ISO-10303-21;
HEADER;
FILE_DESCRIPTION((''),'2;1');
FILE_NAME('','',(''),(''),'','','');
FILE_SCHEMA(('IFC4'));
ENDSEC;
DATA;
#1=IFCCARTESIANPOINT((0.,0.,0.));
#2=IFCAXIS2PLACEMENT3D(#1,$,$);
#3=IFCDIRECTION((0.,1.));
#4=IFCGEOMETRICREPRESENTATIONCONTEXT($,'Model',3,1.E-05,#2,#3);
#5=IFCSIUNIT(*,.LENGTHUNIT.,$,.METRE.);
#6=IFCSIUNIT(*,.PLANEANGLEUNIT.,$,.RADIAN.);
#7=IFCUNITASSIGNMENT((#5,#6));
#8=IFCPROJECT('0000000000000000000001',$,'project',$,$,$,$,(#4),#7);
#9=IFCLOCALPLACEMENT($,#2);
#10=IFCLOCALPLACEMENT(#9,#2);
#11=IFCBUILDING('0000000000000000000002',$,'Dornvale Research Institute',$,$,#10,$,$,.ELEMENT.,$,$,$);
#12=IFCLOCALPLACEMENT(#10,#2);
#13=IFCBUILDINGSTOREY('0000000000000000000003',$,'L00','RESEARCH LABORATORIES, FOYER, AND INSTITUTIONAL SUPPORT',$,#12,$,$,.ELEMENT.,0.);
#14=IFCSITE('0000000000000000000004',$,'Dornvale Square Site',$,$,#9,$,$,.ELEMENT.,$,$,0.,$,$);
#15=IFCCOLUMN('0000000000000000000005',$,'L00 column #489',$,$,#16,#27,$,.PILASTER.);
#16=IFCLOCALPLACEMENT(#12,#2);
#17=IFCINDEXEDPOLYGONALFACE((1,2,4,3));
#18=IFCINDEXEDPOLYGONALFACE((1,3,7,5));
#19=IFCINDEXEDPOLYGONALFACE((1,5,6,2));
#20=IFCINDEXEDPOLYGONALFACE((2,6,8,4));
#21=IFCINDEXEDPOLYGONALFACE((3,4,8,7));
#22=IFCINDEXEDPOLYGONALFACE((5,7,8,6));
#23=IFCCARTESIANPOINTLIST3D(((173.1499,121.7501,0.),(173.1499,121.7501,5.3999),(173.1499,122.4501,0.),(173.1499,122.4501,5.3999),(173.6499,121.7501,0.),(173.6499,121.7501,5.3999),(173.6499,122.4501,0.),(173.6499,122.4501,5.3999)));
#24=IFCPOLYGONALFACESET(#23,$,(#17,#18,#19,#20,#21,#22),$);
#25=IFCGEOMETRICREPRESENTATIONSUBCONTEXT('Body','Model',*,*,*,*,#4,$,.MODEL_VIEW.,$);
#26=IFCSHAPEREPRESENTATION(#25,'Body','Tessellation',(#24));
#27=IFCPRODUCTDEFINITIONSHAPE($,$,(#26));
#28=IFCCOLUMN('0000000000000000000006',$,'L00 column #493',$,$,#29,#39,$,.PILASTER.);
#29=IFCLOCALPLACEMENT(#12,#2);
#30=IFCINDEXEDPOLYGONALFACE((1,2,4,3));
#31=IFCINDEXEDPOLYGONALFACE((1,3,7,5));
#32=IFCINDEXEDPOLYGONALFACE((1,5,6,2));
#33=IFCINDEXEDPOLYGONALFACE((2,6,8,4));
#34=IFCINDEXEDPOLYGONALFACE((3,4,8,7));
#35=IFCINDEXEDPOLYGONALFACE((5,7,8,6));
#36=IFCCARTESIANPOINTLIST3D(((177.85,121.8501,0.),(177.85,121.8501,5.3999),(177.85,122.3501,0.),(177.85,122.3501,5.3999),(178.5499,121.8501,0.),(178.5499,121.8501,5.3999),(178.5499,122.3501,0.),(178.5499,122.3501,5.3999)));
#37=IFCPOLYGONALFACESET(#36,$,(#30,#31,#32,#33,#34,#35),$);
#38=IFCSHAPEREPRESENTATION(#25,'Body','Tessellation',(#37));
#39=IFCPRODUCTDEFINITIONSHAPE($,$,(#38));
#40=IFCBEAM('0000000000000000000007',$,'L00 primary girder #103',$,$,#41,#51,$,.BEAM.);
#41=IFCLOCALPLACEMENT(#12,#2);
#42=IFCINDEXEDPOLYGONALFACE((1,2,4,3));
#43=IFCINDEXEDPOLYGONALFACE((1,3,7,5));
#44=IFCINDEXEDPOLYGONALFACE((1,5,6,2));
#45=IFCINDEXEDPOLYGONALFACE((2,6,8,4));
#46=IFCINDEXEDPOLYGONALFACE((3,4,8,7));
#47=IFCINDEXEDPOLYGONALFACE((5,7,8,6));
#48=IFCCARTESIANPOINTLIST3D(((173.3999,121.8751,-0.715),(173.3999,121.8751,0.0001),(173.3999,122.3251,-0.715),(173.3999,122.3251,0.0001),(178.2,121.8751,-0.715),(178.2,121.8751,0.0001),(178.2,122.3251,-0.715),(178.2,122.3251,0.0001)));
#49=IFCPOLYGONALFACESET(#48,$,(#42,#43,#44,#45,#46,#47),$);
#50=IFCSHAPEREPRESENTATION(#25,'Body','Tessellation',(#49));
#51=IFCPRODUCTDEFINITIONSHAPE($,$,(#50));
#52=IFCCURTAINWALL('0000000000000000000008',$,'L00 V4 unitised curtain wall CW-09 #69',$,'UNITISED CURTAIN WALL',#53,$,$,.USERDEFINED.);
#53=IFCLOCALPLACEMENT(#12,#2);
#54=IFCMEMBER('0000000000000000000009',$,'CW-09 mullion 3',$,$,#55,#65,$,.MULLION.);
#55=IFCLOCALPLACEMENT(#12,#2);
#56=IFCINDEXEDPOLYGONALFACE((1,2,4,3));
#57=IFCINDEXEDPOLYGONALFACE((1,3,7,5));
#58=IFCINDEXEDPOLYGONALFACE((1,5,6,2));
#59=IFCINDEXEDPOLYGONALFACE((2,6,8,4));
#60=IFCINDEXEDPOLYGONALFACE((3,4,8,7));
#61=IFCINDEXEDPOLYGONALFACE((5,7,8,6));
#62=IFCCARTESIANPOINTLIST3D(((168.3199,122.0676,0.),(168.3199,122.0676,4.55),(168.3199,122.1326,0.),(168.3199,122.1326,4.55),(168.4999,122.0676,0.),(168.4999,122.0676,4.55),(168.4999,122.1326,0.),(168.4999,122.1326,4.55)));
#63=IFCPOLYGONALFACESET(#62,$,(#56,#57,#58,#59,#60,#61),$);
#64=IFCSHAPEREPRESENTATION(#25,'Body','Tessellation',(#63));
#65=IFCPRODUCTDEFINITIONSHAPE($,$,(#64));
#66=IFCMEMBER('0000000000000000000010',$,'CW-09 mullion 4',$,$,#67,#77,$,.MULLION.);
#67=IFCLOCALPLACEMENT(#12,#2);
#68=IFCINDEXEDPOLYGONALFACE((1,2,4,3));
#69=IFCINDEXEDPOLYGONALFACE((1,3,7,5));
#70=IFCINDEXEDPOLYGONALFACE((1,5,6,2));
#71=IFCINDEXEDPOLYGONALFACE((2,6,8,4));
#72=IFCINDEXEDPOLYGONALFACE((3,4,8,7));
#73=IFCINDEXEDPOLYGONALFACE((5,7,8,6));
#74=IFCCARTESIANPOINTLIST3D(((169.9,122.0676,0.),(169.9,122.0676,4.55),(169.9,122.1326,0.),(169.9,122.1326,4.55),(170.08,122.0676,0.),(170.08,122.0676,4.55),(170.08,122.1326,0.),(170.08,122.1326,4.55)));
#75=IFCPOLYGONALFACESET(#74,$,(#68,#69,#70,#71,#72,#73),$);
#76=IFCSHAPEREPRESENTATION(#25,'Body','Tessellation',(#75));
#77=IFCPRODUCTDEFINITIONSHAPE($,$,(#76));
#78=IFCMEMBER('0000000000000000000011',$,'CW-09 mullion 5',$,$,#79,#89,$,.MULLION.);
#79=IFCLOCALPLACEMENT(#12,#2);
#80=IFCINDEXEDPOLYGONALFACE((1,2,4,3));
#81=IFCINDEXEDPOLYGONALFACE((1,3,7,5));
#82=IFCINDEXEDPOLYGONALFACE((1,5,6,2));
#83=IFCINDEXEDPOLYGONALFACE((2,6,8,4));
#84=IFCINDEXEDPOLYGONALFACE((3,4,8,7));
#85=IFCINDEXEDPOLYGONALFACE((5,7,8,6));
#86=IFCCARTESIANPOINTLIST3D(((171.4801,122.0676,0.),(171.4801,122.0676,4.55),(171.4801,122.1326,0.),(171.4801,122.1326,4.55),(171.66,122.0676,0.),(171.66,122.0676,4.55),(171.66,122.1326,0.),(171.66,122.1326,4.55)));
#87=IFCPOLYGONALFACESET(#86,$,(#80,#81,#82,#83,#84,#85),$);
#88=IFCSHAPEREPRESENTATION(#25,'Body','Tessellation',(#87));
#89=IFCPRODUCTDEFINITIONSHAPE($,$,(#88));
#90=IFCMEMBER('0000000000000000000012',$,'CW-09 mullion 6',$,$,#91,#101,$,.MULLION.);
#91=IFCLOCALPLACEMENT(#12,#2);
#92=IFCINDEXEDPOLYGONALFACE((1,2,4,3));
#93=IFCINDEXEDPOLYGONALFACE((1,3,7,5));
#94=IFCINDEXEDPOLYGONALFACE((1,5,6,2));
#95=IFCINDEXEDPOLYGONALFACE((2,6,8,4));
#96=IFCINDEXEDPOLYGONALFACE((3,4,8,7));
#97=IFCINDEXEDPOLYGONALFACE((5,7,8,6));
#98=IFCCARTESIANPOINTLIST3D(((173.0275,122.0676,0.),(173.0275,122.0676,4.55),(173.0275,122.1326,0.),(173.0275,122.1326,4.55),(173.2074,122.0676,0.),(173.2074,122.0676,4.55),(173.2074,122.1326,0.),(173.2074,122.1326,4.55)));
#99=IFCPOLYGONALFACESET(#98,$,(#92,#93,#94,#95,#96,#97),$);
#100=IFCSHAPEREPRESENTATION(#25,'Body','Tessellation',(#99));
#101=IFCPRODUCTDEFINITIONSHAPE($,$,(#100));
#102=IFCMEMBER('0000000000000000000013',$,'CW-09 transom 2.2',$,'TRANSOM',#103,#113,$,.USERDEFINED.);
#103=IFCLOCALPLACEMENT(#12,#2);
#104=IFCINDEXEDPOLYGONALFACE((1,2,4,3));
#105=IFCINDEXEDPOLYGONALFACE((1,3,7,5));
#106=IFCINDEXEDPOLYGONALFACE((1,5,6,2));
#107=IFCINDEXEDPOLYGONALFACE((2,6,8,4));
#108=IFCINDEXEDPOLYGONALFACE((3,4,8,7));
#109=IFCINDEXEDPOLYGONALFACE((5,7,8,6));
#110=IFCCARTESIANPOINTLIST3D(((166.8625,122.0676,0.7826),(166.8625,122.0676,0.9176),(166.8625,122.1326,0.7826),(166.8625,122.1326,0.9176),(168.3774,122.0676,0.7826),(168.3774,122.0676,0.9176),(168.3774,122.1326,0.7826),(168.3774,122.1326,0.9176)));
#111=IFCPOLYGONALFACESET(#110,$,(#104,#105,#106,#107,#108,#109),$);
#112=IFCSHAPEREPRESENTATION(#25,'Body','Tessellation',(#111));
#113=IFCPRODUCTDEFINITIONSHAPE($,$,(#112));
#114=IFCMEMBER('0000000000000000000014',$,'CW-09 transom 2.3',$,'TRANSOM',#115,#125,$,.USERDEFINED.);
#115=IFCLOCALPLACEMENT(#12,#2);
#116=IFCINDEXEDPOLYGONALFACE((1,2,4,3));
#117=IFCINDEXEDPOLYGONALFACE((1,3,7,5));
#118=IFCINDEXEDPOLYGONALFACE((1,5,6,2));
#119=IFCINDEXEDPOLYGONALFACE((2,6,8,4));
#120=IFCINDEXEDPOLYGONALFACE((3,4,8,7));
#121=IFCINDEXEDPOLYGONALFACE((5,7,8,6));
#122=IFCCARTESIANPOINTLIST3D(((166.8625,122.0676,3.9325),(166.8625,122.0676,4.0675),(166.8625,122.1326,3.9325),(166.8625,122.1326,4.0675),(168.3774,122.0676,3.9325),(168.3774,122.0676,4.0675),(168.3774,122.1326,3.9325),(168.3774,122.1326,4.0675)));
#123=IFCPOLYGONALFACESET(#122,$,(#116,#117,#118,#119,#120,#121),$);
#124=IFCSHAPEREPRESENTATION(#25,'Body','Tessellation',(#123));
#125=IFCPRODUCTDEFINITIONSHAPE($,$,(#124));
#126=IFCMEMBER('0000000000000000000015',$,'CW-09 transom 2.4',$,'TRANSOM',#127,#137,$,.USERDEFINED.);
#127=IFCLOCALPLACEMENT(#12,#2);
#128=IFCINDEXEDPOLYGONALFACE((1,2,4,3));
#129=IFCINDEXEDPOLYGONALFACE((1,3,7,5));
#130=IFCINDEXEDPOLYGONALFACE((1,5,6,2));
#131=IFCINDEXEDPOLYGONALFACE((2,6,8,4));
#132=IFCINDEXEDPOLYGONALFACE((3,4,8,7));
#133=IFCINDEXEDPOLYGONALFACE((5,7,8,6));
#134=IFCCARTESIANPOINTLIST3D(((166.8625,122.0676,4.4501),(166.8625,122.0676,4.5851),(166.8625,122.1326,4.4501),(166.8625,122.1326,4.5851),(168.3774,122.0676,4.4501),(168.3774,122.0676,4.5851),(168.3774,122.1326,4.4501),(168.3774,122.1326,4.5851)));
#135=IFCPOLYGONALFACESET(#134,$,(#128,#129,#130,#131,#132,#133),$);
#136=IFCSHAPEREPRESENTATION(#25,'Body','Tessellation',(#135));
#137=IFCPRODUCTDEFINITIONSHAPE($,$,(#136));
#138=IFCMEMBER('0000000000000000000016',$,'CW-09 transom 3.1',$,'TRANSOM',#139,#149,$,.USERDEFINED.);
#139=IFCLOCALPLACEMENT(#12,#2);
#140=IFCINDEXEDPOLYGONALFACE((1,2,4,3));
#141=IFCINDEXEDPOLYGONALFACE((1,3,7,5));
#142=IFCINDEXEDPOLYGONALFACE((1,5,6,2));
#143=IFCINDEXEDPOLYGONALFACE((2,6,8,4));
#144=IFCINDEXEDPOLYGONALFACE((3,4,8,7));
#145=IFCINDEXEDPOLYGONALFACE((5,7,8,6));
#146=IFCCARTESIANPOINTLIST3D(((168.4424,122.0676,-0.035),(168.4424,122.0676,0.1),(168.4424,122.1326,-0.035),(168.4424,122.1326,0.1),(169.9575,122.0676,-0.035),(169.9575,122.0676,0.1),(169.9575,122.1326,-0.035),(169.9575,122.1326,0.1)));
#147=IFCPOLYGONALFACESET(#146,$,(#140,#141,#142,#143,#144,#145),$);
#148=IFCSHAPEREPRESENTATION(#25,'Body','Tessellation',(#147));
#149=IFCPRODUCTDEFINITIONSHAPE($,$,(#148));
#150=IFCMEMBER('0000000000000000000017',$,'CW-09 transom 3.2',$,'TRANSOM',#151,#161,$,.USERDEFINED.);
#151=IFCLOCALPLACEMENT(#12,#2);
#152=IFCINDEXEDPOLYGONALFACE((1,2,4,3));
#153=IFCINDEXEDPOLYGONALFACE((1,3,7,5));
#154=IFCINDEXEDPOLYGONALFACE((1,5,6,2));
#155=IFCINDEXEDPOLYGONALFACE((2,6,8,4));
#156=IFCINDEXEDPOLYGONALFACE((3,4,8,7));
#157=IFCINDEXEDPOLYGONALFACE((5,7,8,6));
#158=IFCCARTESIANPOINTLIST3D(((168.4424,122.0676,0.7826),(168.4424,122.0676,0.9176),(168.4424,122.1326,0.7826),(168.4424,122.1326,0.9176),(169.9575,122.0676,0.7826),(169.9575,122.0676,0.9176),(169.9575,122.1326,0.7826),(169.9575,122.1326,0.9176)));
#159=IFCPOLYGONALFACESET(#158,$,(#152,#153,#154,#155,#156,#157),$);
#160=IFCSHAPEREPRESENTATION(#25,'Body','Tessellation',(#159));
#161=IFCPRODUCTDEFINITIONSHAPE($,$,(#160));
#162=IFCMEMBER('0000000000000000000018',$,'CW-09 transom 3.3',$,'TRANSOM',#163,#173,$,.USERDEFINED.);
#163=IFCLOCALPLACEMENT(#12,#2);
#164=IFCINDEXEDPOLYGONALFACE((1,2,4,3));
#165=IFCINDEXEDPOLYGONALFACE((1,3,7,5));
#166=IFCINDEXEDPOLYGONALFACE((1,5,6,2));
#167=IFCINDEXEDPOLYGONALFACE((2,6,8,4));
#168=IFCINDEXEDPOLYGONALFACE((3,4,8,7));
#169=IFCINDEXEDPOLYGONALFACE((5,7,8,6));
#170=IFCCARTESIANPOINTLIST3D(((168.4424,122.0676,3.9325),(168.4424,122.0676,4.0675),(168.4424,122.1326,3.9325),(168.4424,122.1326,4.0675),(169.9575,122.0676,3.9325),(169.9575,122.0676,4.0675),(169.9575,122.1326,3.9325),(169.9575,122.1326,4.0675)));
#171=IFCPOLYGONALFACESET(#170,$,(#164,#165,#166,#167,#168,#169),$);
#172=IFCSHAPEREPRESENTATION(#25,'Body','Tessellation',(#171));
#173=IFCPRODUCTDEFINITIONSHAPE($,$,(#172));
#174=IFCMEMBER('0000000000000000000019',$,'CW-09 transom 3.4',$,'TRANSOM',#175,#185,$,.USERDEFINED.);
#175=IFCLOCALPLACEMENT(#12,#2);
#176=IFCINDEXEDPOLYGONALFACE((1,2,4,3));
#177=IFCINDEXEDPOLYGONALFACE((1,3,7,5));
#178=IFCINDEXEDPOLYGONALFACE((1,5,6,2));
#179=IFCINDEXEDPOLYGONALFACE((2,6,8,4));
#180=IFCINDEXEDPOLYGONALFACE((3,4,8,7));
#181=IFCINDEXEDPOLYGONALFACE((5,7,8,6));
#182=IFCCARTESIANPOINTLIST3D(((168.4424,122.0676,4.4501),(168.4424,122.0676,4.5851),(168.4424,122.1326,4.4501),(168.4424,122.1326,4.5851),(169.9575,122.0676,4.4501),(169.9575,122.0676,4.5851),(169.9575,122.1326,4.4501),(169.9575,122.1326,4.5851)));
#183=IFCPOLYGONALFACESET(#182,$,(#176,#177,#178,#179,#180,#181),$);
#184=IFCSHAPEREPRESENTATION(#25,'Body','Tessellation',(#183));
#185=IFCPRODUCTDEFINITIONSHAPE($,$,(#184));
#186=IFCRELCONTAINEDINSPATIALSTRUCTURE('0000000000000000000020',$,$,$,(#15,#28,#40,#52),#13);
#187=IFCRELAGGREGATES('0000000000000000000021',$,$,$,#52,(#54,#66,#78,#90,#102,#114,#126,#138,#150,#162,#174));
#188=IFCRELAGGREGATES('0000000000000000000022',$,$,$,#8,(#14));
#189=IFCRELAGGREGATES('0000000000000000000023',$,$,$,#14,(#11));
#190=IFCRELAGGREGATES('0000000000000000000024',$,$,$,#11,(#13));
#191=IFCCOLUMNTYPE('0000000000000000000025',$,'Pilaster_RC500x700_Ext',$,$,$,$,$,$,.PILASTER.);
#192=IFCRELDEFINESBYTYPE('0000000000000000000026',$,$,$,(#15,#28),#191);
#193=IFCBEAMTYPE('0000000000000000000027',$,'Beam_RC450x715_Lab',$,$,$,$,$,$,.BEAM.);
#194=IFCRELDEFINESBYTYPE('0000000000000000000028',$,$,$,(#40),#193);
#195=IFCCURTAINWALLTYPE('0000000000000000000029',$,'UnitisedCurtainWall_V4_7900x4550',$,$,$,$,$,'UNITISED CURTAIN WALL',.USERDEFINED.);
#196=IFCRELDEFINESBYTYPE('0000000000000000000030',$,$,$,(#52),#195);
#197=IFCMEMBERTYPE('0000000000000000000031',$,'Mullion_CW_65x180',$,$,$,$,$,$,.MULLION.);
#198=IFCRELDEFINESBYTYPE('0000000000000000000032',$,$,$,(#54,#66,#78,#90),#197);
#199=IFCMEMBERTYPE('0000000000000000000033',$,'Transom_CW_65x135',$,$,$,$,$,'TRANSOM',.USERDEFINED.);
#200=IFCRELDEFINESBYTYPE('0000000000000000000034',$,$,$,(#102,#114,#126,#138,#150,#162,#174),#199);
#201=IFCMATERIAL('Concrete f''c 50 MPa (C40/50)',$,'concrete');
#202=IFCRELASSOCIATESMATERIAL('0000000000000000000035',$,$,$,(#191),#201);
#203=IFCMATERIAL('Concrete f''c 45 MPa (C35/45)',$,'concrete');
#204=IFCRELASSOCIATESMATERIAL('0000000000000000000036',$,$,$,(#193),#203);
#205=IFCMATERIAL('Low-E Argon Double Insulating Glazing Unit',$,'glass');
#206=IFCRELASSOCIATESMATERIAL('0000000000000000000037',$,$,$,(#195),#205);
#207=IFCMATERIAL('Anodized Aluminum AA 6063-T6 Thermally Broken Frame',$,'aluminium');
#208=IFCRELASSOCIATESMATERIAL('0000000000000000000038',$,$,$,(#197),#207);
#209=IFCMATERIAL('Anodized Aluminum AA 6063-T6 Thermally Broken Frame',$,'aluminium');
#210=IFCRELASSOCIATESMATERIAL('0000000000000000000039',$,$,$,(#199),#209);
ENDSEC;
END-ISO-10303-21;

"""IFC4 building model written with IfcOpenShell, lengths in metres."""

from ifc_helpers import new_model, si_unit, direction, frame, origin, origin_2d, place, context, subcontext, project, spatial, rectangle, extrude, material, material_profile, profile_set, type_object, element, aggregate, save


model = new_model("IFC4")

# Units and contexts
model_context = context("Model", 3, precision=1e-05, world=origin(), true_north=direction((0.0, 1.0)))
body_context = subcontext(model_context, "Body", "Model", "MODEL_VIEW")
ifc_project = project(units=[si_unit("LENGTHUNIT", "METRE"), si_unit("PLANEANGLEUNIT", "RADIAN")], contexts=[model_context])

# Site, building, storey
site_placement = place(None, origin())
site = spatial("IfcSite", under=ifc_project, at=site_placement, Name="Dornvale Square Site", CompositionType="ELEMENT", RefElevation=0.0)
building_placement = place(site_placement, origin())
building = spatial("IfcBuilding", under=site, at=building_placement, Name="Dornvale Research Institute", CompositionType="ELEMENT")
storey_placement = place(building_placement, origin())
storey = spatial("IfcBuildingStorey", under=building, at=storey_placement, Name="L00", Description="RESEARCH LABORATORIES, FOYER, AND INSTITUTIONAL SUPPORT", CompositionType="ELEMENT", Elevation=0.0)

# Columns
ifc_material_1 = material(Name="Concrete f'c 50 MPa (C40/50)", Category="concrete")
ifc_material_profile_1 = material_profile(ifc_material_1, rectangle(XDim=0.5, YDim=0.7, at=origin_2d()), Name="RC 500x700")
ifc_profile_set_1 = profile_set([ifc_material_profile_1], Name="Concrete f'c 50 MPa (C40/50)")
column_type = type_object("IfcColumnType", Name="Pilaster_RC500x700_Ext", PredefinedType="PILASTER", material=ifc_profile_set_1)
for number, where, z_axis, x_axis, name in (
    (1, (173.3999, 122.1001, 0.0), (0.0, 0.0, 1.0), (1.0, 0.0, 0.0), "L00 column #489"),
    (2, (178.2, 122.1001, 0.0), (0.0, 0.0, 1.0), (0.0, 1.0, 0.0), "L00 column #493"),
):
    element("IfcColumn", number, at=place(storey_placement, frame(where, z_axis=z_axis, x_axis=x_axis)), inside=storey, type_object=column_type, Name=name, PredefinedType="PILASTER", context=body_context, shape_type="SweptSolid", body=[
        extrude(rectangle(XDim=0.5, YDim=0.7, at=origin_2d()), origin(), (0.0, 0.0, 1.0), 5.3999),
    ])

# Beam
ifc_material_2 = material(Name="Concrete f'c 45 MPa (C35/45)", Category="concrete")
ifc_material_profile_2 = material_profile(ifc_material_2, rectangle(XDim=0.45, YDim=0.7151, at=origin_2d()), Name="RC 450x715")
ifc_profile_set_2 = profile_set([ifc_material_profile_2], Name="Concrete f'c 45 MPa (C35/45)")
beam_type = type_object("IfcBeamType", Name="Beam_RC450x715_Lab", PredefinedType="BEAM", material=ifc_profile_set_2)
beam_placement = place(storey_placement, frame((173.3999, 122.1001, -0.3574), z_axis=(1.0, 0.0, 0.0), x_axis=(0.0, 1.0, 0.0)))
element("IfcBeam", 3, at=beam_placement, inside=storey, type_object=beam_type, Name="L00 primary girder #103", PredefinedType="BEAM", context=body_context, shape_type="SweptSolid", body=[
    extrude(rectangle(XDim=0.45, YDim=0.7151, at=origin_2d()), origin(), (0.0, 0.0, 1.0), 4.8),
])

# Curtain wall, members
ifc_material_3 = material(Name="Low-E Argon Double Insulating Glazing Unit", Category="glass")
curtain_wall_type = type_object("IfcCurtainWallType", Name="UnitisedCurtainWall_V4_7900x4550", ElementType="UNITISED CURTAIN WALL", PredefinedType="USERDEFINED", material=ifc_material_3)
curtain_wall_placement = place(storey_placement, origin())
curtain_wall = element("IfcCurtainWall", 4, at=curtain_wall_placement, inside=storey, type_object=curtain_wall_type, Name="L00 V4 unitised curtain wall CW-09 #69", ObjectType="UNITISED CURTAIN WALL", PredefinedType="USERDEFINED")
ifc_material_4 = material(Name="Anodized Aluminum AA 6063-T6 Thermally Broken Frame", Category="aluminium")
ifc_material_profile_3 = material_profile(ifc_material_4, rectangle(XDim=0.0649, YDim=0.1799, at=origin_2d()), Name="ALU MULLION 65x180")
ifc_profile_set_3 = profile_set([ifc_material_profile_3], Name="Anodized Aluminum AA 6063-T6 Thermally Broken Frame")
member_type_1 = type_object("IfcMemberType", Name="Mullion_CW_65x180", PredefinedType="MULLION", material=ifc_profile_set_3)
member_1_placement = place(storey_placement, frame((168.4099, 122.1001, 0.0), z_axis=(0.0, 0.0, 1.0), x_axis=(0.0, 1.0, 0.0)))
member_1 = element("IfcMember", 5, at=member_1_placement, type_object=member_type_1, Name="CW-09 mullion 3", PredefinedType="MULLION", context=body_context, shape_type="SweptSolid", body=[
    extrude(rectangle(XDim=0.0649, YDim=0.1799, at=origin_2d()), origin(), (0.0, 0.0, 1.0), 4.55),
])
member_2_placement = place(storey_placement, frame((169.99, 122.1001, 0.0), z_axis=(0.0, 0.0, 1.0), x_axis=(0.0, 1.0, 0.0)))
member_2 = element("IfcMember", 6, at=member_2_placement, type_object=member_type_1, Name="CW-09 mullion 4", PredefinedType="MULLION", context=body_context, shape_type="SweptSolid", body=[
    extrude(rectangle(XDim=0.0649, YDim=0.1799, at=origin_2d()), origin(), (0.0, 0.0, 1.0), 4.55),
])
member_3_placement = place(storey_placement, frame((171.5701, 122.1001, 0.0), z_axis=(0.0, 0.0, 1.0), x_axis=(0.0, 1.0, 0.0)))
member_3 = element("IfcMember", 7, at=member_3_placement, type_object=member_type_1, Name="CW-09 mullion 5", PredefinedType="MULLION", context=body_context, shape_type="SweptSolid", body=[
    extrude(rectangle(XDim=0.0649, YDim=0.1799, at=origin_2d()), origin(), (0.0, 0.0, 1.0), 4.55),
])
member_4_placement = place(storey_placement, frame((173.1174, 122.1001, 0.0), z_axis=(0.0, 0.0, 1.0), x_axis=(0.0, 1.0, 0.0)))
member_4 = element("IfcMember", 8, at=member_4_placement, type_object=member_type_1, Name="CW-09 mullion 6", PredefinedType="MULLION", context=body_context, shape_type="SweptSolid", body=[
    extrude(rectangle(XDim=0.0649, YDim=0.1799, at=origin_2d()), origin(), (0.0, 0.0, 1.0), 4.55),
])
ifc_material_5 = material(Name="Anodized Aluminum AA 6063-T6 Thermally Broken Frame", Category="aluminium")
ifc_material_profile_4 = material_profile(ifc_material_5, rectangle(XDim=0.0649, YDim=0.135, at=origin_2d()), Name="ALU TRANSOM 65x135")
ifc_profile_set_4 = profile_set([ifc_material_profile_4], Name="Anodized Aluminum AA 6063-T6 Thermally Broken Frame")
member_type_2 = type_object("IfcMemberType", Name="Transom_CW_65x135", ElementType="TRANSOM", PredefinedType="USERDEFINED", material=ifc_profile_set_4)
member_5_placement = place(storey_placement, frame((166.8625, 122.1001, 0.8501), z_axis=(1.0, 0.0, 0.0), x_axis=(0.0, 1.0, 0.0)))
member_5 = element("IfcMember", 9, at=member_5_placement, type_object=member_type_2, Name="CW-09 transom 2.2", ObjectType="TRANSOM", PredefinedType="USERDEFINED", context=body_context, shape_type="SweptSolid", body=[
    extrude(rectangle(XDim=0.0649, YDim=0.135, at=origin_2d()), origin(), (0.0, 0.0, 1.0), 1.5149),
])
member_6_placement = place(storey_placement, frame((166.8625, 122.1001, 4.0), z_axis=(1.0, 0.0, 0.0), x_axis=(0.0, 1.0, 0.0)))
member_6 = element("IfcMember", 10, at=member_6_placement, type_object=member_type_2, Name="CW-09 transom 2.3", ObjectType="TRANSOM", PredefinedType="USERDEFINED", context=body_context, shape_type="SweptSolid", body=[
    extrude(rectangle(XDim=0.0649, YDim=0.135, at=origin_2d()), origin(), (0.0, 0.0, 1.0), 1.5149),
])
member_7_placement = place(storey_placement, frame((166.8625, 122.1001, 4.5176), z_axis=(1.0, 0.0, 0.0), x_axis=(0.0, 1.0, 0.0)))
member_7 = element("IfcMember", 11, at=member_7_placement, type_object=member_type_2, Name="CW-09 transom 2.4", ObjectType="TRANSOM", PredefinedType="USERDEFINED", context=body_context, shape_type="SweptSolid", body=[
    extrude(rectangle(XDim=0.0649, YDim=0.135, at=origin_2d()), origin(), (0.0, 0.0, 1.0), 1.5149),
])
member_8_placement = place(storey_placement, frame((168.4424, 122.1001, 0.0325), z_axis=(1.0, 0.0, 0.0), x_axis=(0.0, 1.0, 0.0)))
member_8 = element("IfcMember", 12, at=member_8_placement, type_object=member_type_2, Name="CW-09 transom 3.1", ObjectType="TRANSOM", PredefinedType="USERDEFINED", context=body_context, shape_type="SweptSolid", body=[
    extrude(rectangle(XDim=0.0649, YDim=0.135, at=origin_2d()), origin(), (0.0, 0.0, 1.0), 1.5151),
])
member_9_placement = place(storey_placement, frame((168.4424, 122.1001, 0.8501), z_axis=(1.0, 0.0, 0.0), x_axis=(0.0, 1.0, 0.0)))
member_9 = element("IfcMember", 13, at=member_9_placement, type_object=member_type_2, Name="CW-09 transom 3.2", ObjectType="TRANSOM", PredefinedType="USERDEFINED", context=body_context, shape_type="SweptSolid", body=[
    extrude(rectangle(XDim=0.0649, YDim=0.135, at=origin_2d()), origin(), (0.0, 0.0, 1.0), 1.5151),
])
member_10_placement = place(storey_placement, frame((168.4424, 122.1001, 4.0), z_axis=(1.0, 0.0, 0.0), x_axis=(0.0, 1.0, 0.0)))
member_10 = element("IfcMember", 14, at=member_10_placement, type_object=member_type_2, Name="CW-09 transom 3.3", ObjectType="TRANSOM", PredefinedType="USERDEFINED", context=body_context, shape_type="SweptSolid", body=[
    extrude(rectangle(XDim=0.0649, YDim=0.135, at=origin_2d()), origin(), (0.0, 0.0, 1.0), 1.5151),
])
member_11_placement = place(storey_placement, frame((168.4424, 122.1001, 4.5176), z_axis=(1.0, 0.0, 0.0), x_axis=(0.0, 1.0, 0.0)))
member_11 = element("IfcMember", 15, at=member_11_placement, type_object=member_type_2, Name="CW-09 transom 3.4", ObjectType="TRANSOM", PredefinedType="USERDEFINED", context=body_context, shape_type="SweptSolid", body=[
    extrude(rectangle(XDim=0.0649, YDim=0.135, at=origin_2d()), origin(), (0.0, 0.0, 1.0), 1.5151),
])
aggregate(curtain_wall, [member_1, member_2, member_3, member_4, member_5, member_6, member_7, member_8, member_9, member_10, member_11])

save(model, "model.ifc")
